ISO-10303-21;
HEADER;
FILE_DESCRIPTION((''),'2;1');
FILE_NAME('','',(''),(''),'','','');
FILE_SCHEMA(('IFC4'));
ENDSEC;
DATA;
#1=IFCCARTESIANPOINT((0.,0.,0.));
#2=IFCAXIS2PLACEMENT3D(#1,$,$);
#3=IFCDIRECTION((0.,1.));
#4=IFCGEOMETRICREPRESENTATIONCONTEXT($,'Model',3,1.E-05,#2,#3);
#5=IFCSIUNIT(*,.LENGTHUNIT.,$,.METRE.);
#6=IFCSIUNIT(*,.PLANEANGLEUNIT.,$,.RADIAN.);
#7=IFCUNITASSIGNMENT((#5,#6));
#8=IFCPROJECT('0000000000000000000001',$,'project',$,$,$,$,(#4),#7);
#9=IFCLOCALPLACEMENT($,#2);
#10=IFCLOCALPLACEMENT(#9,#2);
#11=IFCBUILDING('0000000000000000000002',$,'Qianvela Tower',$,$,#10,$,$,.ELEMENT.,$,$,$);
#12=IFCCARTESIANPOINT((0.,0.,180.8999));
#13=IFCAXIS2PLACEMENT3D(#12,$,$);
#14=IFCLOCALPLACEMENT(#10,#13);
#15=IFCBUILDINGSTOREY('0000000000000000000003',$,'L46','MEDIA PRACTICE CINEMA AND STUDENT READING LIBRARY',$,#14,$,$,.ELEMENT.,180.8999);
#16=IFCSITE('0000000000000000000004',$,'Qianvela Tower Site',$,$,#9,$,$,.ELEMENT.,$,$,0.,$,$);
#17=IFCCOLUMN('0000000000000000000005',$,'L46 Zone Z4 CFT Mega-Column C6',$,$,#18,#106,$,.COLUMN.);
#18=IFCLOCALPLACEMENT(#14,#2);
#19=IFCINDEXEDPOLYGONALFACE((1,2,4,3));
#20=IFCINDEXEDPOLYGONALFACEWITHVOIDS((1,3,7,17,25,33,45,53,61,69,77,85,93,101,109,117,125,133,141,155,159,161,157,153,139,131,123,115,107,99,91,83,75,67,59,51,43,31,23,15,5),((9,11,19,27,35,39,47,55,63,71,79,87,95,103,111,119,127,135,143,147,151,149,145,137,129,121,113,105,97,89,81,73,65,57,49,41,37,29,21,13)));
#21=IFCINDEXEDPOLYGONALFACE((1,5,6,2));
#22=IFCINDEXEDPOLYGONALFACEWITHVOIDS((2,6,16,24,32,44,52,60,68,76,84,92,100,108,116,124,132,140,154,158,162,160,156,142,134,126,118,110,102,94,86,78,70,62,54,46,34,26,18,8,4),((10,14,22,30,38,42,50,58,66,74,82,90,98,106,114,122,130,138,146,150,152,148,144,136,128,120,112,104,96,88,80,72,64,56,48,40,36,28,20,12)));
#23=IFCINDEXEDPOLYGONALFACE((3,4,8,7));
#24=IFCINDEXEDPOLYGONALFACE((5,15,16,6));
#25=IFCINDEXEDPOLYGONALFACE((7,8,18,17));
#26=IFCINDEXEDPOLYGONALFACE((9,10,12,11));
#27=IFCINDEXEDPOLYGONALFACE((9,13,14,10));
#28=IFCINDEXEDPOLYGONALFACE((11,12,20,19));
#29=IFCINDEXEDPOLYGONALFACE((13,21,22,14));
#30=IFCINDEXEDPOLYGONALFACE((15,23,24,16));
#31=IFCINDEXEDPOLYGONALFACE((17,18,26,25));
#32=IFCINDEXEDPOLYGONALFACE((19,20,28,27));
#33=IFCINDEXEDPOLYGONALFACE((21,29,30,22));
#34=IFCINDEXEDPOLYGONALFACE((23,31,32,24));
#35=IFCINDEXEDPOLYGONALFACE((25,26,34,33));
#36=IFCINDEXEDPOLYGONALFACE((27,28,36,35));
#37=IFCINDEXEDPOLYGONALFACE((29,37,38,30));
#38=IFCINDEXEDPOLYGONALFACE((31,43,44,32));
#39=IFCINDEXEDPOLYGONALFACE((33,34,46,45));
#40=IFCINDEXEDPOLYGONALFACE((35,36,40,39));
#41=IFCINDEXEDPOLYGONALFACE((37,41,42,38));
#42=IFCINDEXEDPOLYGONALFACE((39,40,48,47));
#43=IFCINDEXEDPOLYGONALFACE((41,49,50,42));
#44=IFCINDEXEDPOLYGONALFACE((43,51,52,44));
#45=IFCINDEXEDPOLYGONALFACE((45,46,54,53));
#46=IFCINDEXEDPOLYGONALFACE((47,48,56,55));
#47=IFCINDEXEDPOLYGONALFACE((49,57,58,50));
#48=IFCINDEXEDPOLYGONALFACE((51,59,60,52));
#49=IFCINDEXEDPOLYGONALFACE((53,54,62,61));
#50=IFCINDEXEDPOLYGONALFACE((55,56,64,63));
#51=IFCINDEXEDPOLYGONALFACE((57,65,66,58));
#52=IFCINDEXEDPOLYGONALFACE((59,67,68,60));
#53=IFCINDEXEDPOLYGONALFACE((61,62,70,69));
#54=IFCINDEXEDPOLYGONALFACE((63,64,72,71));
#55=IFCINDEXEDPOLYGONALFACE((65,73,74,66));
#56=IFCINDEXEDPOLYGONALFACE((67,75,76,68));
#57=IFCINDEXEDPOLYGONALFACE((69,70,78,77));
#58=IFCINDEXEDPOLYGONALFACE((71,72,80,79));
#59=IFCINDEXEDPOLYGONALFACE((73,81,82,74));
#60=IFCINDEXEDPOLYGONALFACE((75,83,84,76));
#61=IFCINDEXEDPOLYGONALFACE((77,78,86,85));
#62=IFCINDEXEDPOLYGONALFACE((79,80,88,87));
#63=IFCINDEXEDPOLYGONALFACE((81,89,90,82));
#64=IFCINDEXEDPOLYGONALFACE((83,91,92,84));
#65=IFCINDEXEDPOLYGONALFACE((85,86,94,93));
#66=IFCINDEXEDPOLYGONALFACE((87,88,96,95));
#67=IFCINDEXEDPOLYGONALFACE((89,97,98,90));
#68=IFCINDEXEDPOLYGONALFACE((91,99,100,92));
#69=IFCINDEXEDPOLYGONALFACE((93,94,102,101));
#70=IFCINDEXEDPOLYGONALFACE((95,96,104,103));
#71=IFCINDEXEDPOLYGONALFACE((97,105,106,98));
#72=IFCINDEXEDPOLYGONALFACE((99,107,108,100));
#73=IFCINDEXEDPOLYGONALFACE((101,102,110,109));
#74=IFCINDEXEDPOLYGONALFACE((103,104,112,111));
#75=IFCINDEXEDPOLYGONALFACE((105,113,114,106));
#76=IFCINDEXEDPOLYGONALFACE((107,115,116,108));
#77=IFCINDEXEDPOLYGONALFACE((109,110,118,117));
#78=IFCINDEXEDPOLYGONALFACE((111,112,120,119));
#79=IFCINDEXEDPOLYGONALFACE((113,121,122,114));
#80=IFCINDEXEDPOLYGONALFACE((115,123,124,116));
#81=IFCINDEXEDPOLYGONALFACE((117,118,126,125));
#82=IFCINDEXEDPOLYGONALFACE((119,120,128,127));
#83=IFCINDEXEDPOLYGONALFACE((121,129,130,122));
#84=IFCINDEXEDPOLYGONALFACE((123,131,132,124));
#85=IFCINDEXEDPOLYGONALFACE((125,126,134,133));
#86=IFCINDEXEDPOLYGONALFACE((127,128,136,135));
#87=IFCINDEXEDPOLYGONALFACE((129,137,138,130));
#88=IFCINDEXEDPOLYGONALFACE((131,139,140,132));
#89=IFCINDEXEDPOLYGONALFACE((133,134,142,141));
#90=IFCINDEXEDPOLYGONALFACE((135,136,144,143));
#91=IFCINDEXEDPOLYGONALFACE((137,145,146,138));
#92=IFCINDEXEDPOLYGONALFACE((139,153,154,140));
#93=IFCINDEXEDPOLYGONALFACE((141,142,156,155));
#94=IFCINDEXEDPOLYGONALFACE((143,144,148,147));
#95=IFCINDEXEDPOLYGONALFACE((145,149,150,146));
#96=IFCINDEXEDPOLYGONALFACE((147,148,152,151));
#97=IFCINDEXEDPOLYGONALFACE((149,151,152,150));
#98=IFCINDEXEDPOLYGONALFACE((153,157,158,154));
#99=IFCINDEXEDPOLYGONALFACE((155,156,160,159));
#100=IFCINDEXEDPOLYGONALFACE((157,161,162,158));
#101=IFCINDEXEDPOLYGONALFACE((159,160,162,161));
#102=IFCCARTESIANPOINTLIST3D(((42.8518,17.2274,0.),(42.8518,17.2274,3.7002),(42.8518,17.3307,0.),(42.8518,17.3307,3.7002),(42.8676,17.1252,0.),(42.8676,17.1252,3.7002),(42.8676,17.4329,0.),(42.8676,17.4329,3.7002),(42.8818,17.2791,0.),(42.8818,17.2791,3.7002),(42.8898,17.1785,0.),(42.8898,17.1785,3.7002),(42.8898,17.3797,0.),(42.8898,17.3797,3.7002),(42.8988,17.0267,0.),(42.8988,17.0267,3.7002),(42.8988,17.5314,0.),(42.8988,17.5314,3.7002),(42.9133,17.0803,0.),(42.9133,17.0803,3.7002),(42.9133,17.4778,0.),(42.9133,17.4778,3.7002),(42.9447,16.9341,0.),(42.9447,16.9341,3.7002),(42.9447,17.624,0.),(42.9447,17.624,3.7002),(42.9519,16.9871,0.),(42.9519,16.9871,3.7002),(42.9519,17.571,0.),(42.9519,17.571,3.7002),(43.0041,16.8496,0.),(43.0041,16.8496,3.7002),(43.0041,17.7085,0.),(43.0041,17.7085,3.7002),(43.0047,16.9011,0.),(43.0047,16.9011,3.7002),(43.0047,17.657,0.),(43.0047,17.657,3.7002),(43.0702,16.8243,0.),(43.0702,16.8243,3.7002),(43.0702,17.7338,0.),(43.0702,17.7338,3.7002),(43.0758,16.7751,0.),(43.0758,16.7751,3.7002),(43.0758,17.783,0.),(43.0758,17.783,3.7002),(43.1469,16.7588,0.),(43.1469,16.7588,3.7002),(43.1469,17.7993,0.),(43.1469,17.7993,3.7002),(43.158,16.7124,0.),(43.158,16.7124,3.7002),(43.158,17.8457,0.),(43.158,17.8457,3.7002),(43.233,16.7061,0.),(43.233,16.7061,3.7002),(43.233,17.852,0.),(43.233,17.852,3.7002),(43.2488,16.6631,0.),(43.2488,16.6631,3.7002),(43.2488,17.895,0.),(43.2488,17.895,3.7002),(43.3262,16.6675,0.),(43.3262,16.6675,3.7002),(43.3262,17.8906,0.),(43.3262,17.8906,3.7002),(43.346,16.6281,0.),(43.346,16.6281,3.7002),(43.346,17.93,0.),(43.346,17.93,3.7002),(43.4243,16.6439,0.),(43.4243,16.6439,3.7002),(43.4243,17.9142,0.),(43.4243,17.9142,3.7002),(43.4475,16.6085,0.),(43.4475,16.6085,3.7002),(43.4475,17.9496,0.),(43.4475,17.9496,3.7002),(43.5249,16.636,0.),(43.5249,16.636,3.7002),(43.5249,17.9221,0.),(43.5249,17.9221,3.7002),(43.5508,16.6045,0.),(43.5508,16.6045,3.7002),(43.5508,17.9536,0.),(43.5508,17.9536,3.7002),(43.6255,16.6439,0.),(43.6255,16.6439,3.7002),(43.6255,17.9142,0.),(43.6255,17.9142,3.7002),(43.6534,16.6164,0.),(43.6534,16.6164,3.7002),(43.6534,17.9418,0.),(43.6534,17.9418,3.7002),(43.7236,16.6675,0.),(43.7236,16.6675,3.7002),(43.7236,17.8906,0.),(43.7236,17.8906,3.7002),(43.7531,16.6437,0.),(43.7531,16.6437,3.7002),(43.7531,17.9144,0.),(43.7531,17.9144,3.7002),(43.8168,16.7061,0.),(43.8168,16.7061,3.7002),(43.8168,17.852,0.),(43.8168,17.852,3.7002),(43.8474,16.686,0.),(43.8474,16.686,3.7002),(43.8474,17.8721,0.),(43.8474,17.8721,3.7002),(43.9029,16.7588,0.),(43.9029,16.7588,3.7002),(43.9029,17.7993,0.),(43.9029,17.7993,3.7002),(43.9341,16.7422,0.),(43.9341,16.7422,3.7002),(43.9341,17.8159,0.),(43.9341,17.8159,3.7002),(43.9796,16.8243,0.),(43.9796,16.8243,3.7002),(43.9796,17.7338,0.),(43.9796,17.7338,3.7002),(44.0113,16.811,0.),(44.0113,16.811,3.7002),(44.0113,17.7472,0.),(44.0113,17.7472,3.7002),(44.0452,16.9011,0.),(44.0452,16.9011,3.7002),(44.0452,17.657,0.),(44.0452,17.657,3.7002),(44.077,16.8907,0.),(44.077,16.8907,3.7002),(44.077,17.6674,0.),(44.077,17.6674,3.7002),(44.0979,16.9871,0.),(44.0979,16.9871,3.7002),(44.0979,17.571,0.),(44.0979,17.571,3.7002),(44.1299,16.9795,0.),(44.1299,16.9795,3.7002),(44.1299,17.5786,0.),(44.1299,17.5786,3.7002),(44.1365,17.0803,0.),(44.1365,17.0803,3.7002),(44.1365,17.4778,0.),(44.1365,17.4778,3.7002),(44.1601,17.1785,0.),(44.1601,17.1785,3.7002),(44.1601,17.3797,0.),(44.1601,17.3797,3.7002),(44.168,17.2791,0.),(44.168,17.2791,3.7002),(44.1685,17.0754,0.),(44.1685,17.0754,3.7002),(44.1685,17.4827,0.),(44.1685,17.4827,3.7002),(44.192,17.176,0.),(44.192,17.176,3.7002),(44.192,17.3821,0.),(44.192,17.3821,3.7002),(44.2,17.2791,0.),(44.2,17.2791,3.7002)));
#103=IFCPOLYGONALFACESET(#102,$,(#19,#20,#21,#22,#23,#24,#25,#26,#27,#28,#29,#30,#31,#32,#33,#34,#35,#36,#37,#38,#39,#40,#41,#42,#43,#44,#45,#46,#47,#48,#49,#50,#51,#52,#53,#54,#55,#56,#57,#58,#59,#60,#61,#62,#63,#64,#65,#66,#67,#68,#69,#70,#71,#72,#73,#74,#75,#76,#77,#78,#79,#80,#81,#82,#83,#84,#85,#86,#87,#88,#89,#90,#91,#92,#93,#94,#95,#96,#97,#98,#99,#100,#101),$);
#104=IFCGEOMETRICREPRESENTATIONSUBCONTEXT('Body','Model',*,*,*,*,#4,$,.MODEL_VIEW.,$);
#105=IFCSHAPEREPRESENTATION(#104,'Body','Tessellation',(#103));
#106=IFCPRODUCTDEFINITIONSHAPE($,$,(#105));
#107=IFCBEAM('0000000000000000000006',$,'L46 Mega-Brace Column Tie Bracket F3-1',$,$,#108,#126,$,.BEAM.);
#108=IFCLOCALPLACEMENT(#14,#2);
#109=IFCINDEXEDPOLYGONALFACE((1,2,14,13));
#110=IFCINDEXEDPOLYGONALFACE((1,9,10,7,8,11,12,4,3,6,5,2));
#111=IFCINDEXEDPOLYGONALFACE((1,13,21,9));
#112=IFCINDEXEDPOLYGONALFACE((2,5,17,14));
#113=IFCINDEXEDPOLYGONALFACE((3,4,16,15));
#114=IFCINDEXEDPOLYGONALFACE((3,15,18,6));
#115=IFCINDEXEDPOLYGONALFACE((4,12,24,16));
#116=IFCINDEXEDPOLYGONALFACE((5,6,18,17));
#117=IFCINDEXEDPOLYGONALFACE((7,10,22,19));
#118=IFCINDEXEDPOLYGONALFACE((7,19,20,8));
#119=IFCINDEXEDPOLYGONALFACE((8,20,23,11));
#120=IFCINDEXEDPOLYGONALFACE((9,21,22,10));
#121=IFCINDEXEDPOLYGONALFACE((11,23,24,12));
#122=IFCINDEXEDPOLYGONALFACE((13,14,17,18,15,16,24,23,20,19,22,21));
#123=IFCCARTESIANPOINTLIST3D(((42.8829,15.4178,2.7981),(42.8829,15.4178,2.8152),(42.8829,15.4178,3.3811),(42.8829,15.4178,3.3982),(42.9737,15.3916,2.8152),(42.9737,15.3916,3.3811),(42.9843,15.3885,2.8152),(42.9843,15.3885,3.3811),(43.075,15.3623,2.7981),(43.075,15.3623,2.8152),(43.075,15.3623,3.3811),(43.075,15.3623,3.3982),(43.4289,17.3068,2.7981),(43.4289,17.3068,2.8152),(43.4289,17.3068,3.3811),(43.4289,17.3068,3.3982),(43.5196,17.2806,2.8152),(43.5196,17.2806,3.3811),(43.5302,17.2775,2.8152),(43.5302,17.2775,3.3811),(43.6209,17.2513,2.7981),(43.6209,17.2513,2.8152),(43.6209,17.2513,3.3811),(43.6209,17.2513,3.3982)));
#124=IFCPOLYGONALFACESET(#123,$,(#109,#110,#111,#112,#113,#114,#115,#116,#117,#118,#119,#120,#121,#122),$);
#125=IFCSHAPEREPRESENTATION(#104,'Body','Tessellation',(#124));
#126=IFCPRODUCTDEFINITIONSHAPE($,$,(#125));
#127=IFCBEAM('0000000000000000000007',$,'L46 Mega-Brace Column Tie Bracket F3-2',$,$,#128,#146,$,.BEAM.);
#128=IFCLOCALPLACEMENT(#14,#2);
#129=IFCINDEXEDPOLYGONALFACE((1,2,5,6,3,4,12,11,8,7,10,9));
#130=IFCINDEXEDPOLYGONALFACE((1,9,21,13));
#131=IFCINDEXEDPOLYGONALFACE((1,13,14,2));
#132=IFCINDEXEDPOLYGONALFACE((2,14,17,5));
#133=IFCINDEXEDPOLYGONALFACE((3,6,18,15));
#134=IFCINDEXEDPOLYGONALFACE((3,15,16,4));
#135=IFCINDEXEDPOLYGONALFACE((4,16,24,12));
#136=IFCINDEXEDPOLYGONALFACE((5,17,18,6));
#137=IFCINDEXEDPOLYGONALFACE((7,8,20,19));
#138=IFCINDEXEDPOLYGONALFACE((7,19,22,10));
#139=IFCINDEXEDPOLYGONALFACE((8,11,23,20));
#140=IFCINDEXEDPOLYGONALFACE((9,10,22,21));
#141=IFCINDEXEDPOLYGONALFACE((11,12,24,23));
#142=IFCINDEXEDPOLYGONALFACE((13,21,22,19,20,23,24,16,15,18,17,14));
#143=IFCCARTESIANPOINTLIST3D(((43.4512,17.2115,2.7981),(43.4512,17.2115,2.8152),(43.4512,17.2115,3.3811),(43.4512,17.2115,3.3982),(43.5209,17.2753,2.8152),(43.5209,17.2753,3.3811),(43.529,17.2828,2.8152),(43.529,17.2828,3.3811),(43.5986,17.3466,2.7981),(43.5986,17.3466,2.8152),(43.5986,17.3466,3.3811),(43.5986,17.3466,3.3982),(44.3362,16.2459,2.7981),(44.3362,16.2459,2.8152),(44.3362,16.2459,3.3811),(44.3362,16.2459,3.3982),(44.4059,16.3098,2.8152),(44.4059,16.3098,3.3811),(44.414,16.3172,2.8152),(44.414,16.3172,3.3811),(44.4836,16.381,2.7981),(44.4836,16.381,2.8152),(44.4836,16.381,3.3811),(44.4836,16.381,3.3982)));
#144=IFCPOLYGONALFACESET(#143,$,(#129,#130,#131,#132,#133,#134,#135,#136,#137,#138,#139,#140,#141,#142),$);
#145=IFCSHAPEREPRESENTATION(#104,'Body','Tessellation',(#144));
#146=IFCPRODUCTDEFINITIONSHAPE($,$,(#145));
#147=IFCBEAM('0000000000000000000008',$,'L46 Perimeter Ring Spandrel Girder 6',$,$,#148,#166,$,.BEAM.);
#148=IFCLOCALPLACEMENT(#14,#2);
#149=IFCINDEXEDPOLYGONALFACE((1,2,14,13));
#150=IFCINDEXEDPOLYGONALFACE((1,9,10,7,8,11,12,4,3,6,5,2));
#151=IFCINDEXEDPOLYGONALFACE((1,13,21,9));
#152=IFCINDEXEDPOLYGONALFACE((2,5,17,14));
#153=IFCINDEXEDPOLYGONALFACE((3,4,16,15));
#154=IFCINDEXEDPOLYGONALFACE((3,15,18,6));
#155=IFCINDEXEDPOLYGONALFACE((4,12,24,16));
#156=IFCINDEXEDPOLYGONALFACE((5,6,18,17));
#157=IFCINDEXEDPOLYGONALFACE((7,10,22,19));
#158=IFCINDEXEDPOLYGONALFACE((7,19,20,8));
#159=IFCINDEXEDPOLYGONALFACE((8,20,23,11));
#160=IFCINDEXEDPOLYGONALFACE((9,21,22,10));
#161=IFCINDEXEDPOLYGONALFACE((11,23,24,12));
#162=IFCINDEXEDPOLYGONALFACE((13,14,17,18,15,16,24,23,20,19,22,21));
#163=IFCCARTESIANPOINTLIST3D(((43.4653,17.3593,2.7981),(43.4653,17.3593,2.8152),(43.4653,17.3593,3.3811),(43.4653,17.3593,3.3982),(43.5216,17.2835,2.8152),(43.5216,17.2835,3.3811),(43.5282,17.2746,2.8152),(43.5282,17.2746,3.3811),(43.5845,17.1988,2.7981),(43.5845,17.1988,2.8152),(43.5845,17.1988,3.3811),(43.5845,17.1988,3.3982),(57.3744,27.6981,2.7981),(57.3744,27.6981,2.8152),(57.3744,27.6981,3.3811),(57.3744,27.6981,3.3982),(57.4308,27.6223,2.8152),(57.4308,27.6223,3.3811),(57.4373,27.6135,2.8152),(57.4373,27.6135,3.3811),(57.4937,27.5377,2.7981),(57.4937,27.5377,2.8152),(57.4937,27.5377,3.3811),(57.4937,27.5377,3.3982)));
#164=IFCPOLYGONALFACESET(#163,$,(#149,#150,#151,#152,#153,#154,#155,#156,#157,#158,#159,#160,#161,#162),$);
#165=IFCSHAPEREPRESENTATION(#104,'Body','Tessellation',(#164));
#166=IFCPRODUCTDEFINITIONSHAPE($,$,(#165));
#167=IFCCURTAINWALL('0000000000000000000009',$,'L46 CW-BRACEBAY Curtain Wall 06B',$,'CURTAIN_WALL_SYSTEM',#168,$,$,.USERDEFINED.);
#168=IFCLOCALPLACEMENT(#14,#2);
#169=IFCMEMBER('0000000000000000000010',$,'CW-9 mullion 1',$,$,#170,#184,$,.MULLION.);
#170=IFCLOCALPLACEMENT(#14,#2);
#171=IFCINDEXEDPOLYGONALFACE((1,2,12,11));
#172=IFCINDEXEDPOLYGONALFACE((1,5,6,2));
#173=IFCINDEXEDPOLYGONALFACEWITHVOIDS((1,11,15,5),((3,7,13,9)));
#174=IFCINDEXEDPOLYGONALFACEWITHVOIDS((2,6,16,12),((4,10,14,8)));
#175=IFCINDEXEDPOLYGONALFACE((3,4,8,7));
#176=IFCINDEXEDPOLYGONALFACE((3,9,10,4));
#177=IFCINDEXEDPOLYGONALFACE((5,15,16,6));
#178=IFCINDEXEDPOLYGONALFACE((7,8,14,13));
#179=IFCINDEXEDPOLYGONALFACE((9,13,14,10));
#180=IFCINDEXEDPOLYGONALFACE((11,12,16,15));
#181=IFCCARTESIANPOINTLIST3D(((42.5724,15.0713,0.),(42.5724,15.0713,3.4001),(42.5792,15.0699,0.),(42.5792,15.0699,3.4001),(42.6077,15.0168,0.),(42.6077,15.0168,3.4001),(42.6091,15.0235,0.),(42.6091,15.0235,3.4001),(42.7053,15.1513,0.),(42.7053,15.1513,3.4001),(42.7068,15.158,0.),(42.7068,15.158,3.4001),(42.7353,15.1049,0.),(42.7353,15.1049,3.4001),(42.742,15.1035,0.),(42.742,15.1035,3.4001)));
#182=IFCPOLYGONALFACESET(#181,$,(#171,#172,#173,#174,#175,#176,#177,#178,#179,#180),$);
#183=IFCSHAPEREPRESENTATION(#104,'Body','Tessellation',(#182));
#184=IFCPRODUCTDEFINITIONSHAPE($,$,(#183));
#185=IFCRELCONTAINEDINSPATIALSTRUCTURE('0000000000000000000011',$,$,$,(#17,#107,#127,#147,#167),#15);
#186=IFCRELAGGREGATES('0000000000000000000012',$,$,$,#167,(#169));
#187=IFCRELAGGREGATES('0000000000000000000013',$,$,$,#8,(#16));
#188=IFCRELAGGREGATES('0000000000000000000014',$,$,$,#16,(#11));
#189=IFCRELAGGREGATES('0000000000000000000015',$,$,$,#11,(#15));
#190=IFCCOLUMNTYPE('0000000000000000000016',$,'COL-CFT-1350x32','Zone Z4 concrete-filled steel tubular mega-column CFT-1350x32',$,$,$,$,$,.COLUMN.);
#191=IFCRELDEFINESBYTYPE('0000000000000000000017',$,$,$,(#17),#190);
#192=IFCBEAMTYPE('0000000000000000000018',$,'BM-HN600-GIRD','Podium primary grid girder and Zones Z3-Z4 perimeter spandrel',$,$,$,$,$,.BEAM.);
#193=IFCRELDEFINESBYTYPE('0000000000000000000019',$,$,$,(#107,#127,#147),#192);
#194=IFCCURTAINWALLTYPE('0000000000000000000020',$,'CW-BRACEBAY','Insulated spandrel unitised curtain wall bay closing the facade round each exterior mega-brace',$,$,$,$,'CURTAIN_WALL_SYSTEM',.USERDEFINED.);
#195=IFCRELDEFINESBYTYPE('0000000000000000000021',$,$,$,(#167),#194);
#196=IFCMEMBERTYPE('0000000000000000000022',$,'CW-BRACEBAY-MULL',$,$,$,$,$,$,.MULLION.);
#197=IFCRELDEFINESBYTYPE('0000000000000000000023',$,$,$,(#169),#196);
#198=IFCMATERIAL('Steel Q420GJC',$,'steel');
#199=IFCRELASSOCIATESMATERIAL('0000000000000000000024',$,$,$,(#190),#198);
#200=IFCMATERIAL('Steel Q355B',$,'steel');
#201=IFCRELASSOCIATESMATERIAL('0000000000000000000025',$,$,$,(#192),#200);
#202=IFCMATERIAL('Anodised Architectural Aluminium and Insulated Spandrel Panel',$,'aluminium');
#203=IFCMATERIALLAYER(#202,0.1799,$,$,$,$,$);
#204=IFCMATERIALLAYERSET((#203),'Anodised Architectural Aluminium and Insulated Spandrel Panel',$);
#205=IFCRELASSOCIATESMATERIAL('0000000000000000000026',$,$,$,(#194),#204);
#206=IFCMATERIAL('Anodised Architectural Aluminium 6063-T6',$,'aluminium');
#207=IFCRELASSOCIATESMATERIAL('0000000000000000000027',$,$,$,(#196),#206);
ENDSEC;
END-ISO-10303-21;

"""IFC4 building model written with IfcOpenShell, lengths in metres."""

from ifc_helpers import new_model, si_unit, direction, frame, origin, origin_2d, place, context, subcontext, project, spatial, hollow_rectangle, hollow_circle, i_section, extrude, material, layer, layer_set, material_profile, profile_set, type_object, element, aggregate, save


model = new_model("IFC4")

# Units and contexts
model_context = context("Model", 3, precision=1e-05, world=origin(), true_north=direction((0.0, 1.0)))
body_context = subcontext(model_context, "Body", "Model", "MODEL_VIEW")
ifc_project = project(units=[si_unit("LENGTHUNIT", "METRE"), si_unit("PLANEANGLEUNIT", "RADIAN")], contexts=[model_context])

# Site, building, storey
site_placement = place(None, origin())
site = spatial("IfcSite", under=ifc_project, at=site_placement, Name="Qianvela Tower Site", CompositionType="ELEMENT", RefElevation=0.0)
building_placement = place(site_placement, origin())
building = spatial("IfcBuilding", under=site, at=building_placement, Name="Qianvela Tower", CompositionType="ELEMENT")
storey_placement = place(building_placement, frame((0.0, 0.0, 180.8999)))
storey = spatial("IfcBuildingStorey", under=building, at=storey_placement, Name="L46", Description="MEDIA PRACTICE CINEMA AND STUDENT READING LIBRARY", CompositionType="ELEMENT", Elevation=180.8999)

# Column
ifc_material_1 = material(Name="Steel Q420GJC", Category="steel")
ifc_material_profile_1 = material_profile(ifc_material_1, hollow_circle(Radius=0.675, WallThickness=0.032, at=origin_2d()), Name="CFT-1350x32")
ifc_profile_set_1 = profile_set([ifc_material_profile_1], Name="Steel Q420GJC")
column_type = type_object("IfcColumnType", Name="COL-CFT-1350x32", Description="Zone Z4 concrete-filled steel tubular mega-column CFT-1350x32", PredefinedType="COLUMN", material=ifc_profile_set_1)
column_placement = place(storey_placement, frame((43.5249, 17.2791, 0.0), z_axis=(0.0, 0.0, 1.0), x_axis=(1.0, 0.0, 0.0)))
element("IfcColumn", 1, at=column_placement, inside=storey, type_object=column_type, Name="L46 Zone Z4 CFT Mega-Column C6", PredefinedType="COLUMN", context=body_context, shape_type="SweptSolid", body=[
    extrude(hollow_circle(Radius=0.675, WallThickness=0.032, at=origin_2d()), origin(), (0.0, 0.0, 1.0), 3.7002),
])

# Beams
ifc_material_2 = material(Name="Steel Q355B", Category="steel")
ifc_material_profile_2 = material_profile(ifc_material_2, i_section(OverallWidth=0.2, OverallDepth=0.6001, WebThickness=0.011, FlangeThickness=0.0171, at=origin_2d()), Name="HN600x200x11x17")
ifc_profile_set_2 = profile_set([ifc_material_profile_2], Name="Steel Q355B")
beam_type = type_object("IfcBeamType", Name="BM-HN600-GIRD", Description="Podium primary grid girder and Zones Z3-Z4 perimeter spandrel", PredefinedType="BEAM", material=ifc_profile_set_2)
beam_1_placement = place(storey_placement, frame((43.5249, 17.2791, 3.0981), z_axis=(-0.277639, -0.960685, 0.0), x_axis=(0.960685, -0.277639, 0.0)))
element("IfcBeam", 2, at=beam_1_placement, inside=storey, type_object=beam_type, Name="L46 Mega-Brace Column Tie Bracket F3-1", PredefinedType="BEAM", context=body_context, shape_type="SweptSolid", body=[
    extrude(i_section(OverallWidth=0.2, OverallDepth=0.6001, WebThickness=0.011, FlangeThickness=0.0171, at=origin_2d()), origin(), (0.0, 0.0, 1.0), 1.9663),
])
beam_2_placement = place(storey_placement, frame((43.5249, 17.2791, 3.0981), z_axis=(0.675682, -0.737193, 0.0), x_axis=(0.737193, 0.675682, 0.0)))
element("IfcBeam", 3, at=beam_2_placement, inside=storey, type_object=beam_type, Name="L46 Mega-Brace Column Tie Bracket F3-2", PredefinedType="BEAM", context=body_context, shape_type="SweptSolid", body=[
    extrude(i_section(OverallWidth=0.2, OverallDepth=0.6001, WebThickness=0.011, FlangeThickness=0.0171, at=origin_2d()), origin(), (0.0, 0.0, 1.0), 1.3098),
])
beam_3_placement = place(storey_placement, frame((43.5249, 17.2791, 3.0981), z_axis=(0.802569, 0.596559, 0.0), x_axis=(-0.596559, 0.802569, 0.0)))
element("IfcBeam", 4, at=beam_3_placement, inside=storey, type_object=beam_type, Name="L46 Perimeter Ring Spandrel Girder 6", PredefinedType="BEAM", context=body_context, shape_type="SweptSolid", body=[
    extrude(i_section(OverallWidth=0.2, OverallDepth=0.6001, WebThickness=0.011, FlangeThickness=0.0171, at=origin_2d()), origin(), (0.0, 0.0, 1.0), 17.3308),
])

# Curtain wall, member
ifc_material_3 = material(Name="Anodised Architectural Aluminium and Insulated Spandrel Panel", Category="aluminium")
ifc_layer_1 = layer(ifc_material_3, 0.1799)
ifc_layer_set_1 = layer_set([ifc_layer_1], Name="Anodised Architectural Aluminium and Insulated Spandrel Panel")
curtain_wall_type_1 = type_object("IfcCurtainWallType", Name="CW-BRACEBAY", Description="Insulated spandrel unitised curtain wall bay closing the facade round each exterior mega-brace", ElementType="CURTAIN_WALL_SYSTEM", PredefinedType="USERDEFINED", material=ifc_layer_set_1)
curtain_wall_1_placement = place(storey_placement, origin())
curtain_wall_1 = element("IfcCurtainWall", 5, at=curtain_wall_1_placement, inside=storey, type_object=curtain_wall_type_1, Name="L46 CW-BRACEBAY Curtain Wall 06B", ObjectType="CURTAIN_WALL_SYSTEM", PredefinedType="USERDEFINED")
ifc_material_4 = material(Name="Anodised Architectural Aluminium 6063-T6", Category="aluminium")
ifc_material_profile_3 = material_profile(ifc_material_4, hollow_rectangle(XDim=0.0649, YDim=0.1599, WallThickness=0.0049, at=origin_2d()), Name="ALU-MULL-65x160")
ifc_profile_set_3 = profile_set([ifc_material_profile_3], Name="Anodised Architectural Aluminium 6063-T6")
member_type_1 = type_object("IfcMemberType", Name="CW-BRACEBAY-MULL", PredefinedType="MULLION", material=ifc_profile_set_3)
member_1_placement = place(storey_placement, frame((42.6572, 15.0874, 0.0), z_axis=(0.0, 0.0, 1.0), x_axis=(-0.542217, 0.840238, 0.0)))
member_1 = element("IfcMember", 6, at=member_1_placement, type_object=member_type_1, Name="CW-9 mullion 1", PredefinedType="MULLION", context=body_context, shape_type="SweptSolid", body=[
    extrude(hollow_rectangle(XDim=0.0649, YDim=0.1599, WallThickness=0.0049, at=origin_2d()), origin(), (0.0, 0.0, 1.0), 3.4001),
])
aggregate(curtain_wall_1, [member_1])

save(model, "model.ifc")
